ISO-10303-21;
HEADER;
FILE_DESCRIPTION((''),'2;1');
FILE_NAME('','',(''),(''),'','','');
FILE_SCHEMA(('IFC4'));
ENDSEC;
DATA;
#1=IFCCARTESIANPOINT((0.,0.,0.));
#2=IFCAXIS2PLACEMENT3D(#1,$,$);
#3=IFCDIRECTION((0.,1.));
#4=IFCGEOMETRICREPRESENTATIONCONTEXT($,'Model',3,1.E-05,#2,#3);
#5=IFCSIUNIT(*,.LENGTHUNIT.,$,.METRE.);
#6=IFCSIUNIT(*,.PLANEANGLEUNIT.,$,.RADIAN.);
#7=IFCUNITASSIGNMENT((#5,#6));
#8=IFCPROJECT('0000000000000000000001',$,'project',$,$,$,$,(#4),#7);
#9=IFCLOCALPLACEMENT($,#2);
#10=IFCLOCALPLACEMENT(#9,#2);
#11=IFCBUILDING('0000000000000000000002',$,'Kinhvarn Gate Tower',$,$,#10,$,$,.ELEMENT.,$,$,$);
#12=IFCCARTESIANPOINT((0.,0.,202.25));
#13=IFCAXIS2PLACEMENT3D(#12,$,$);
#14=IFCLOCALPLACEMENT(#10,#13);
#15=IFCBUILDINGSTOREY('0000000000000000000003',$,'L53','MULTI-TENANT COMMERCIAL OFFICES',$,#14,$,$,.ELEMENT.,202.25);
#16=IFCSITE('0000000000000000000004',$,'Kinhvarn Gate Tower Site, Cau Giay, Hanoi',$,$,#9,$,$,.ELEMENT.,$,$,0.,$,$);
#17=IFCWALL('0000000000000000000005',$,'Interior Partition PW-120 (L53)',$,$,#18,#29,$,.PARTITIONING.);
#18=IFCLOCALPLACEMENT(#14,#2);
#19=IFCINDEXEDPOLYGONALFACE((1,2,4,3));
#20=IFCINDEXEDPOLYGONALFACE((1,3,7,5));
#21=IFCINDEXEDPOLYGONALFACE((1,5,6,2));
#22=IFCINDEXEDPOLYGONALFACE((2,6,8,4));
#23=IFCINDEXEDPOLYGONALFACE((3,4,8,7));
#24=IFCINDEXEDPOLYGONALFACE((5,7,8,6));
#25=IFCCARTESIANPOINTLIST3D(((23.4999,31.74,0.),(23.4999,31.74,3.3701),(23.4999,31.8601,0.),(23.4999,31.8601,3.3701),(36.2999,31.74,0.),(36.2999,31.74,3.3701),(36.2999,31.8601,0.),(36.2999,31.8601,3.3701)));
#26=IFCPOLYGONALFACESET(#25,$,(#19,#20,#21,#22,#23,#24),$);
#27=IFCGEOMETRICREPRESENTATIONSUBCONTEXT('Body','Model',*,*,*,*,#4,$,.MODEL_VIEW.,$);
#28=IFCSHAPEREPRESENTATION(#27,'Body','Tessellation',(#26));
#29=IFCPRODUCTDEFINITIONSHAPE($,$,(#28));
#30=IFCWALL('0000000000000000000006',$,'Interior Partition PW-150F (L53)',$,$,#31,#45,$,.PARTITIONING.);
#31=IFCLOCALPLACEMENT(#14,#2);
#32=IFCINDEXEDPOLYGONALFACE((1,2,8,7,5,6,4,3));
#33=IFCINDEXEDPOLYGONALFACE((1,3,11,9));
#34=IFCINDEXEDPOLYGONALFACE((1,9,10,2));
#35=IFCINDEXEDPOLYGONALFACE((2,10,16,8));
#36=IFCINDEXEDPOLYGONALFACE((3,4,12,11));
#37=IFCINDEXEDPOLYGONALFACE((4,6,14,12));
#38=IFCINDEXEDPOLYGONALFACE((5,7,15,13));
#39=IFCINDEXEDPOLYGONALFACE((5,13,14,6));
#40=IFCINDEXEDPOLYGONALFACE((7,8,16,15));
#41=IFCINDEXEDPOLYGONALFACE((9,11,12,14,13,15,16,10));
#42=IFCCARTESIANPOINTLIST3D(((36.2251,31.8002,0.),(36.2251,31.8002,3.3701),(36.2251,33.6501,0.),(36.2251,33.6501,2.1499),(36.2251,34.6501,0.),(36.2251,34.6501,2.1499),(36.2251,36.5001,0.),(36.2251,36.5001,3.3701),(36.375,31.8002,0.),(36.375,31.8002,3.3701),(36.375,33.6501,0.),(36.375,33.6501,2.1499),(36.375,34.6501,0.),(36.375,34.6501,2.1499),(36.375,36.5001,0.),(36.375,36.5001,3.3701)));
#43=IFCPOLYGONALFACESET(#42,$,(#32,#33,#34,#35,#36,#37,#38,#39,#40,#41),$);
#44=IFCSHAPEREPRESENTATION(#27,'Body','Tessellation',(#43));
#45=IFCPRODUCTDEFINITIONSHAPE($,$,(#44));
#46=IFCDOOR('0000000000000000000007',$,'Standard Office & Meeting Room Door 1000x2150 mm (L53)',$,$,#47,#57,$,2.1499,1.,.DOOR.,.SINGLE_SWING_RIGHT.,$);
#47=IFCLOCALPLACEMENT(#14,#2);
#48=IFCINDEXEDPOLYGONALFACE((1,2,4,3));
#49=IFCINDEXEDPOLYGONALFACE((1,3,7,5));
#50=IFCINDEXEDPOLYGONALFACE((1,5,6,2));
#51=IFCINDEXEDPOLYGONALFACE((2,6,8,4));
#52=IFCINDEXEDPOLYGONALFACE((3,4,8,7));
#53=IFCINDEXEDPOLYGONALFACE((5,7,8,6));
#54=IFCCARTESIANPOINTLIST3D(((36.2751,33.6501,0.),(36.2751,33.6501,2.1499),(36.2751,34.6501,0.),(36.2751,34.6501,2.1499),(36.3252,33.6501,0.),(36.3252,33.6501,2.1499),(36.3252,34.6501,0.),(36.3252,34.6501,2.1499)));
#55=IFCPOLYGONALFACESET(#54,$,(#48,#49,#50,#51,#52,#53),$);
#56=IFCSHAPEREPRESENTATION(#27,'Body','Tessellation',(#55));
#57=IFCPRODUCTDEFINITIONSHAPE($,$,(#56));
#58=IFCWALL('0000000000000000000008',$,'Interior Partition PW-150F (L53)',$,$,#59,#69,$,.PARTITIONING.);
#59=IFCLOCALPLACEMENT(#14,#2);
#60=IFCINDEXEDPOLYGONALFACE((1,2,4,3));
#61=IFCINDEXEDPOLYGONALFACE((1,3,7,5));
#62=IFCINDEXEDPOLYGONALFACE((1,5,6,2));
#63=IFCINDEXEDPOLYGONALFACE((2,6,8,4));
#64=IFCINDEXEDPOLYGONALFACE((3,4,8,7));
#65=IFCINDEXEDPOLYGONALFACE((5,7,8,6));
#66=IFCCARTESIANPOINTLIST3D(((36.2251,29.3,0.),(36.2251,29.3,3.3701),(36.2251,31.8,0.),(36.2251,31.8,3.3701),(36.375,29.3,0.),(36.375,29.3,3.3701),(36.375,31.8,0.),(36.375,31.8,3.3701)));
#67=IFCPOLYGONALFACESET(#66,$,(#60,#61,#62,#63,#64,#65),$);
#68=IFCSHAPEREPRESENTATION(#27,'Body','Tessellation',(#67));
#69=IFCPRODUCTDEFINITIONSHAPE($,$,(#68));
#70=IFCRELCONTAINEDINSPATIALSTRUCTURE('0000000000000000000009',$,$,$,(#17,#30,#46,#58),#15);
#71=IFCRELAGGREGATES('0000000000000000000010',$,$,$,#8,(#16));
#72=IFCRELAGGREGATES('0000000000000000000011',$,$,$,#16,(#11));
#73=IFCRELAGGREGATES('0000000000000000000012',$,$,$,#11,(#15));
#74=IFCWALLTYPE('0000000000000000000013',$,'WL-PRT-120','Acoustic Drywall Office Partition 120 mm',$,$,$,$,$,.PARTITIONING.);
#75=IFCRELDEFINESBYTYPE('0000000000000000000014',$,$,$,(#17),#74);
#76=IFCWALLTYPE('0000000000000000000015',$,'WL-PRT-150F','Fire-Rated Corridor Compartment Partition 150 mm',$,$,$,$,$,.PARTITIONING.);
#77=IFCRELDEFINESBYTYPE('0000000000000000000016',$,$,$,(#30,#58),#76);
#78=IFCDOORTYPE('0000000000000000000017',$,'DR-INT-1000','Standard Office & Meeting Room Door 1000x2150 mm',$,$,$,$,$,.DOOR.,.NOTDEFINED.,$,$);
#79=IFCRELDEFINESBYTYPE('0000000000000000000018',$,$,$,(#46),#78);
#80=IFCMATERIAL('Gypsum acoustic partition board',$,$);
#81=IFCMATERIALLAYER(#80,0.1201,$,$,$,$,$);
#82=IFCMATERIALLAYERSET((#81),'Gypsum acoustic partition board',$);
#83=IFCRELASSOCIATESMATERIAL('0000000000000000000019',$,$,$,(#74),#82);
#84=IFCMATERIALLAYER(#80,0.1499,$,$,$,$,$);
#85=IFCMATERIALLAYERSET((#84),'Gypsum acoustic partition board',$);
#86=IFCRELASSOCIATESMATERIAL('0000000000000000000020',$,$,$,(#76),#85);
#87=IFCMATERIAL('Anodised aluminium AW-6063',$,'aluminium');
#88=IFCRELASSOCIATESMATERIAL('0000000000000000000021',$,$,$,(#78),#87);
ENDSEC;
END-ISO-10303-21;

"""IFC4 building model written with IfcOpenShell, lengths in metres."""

from ifc_helpers import new_model, si_unit, direction, frame, frame_2d, origin, place, context, subcontext, project, spatial, rectangle, extrude, material, layer, layer_set, type_object, element, fill, save


model = new_model("IFC4")

# Units and contexts
model_context = context("Model", 3, precision=1e-05, world=origin(), true_north=direction((0.0, 1.0)))
body_context = subcontext(model_context, "Body", "Model", "MODEL_VIEW")
ifc_project = project(units=[si_unit("LENGTHUNIT", "METRE"), si_unit("PLANEANGLEUNIT", "RADIAN")], contexts=[model_context])

# Site, building, storey
site_placement = place(None, origin())
site = spatial("IfcSite", under=ifc_project, at=site_placement, Name="Kinhvarn Gate Tower Site, Cau Giay, Hanoi", CompositionType="ELEMENT", RefElevation=0.0)
building_placement = place(site_placement, origin())
building = spatial("IfcBuilding", under=site, at=building_placement, Name="Kinhvarn Gate Tower", CompositionType="ELEMENT")
storey_placement = place(building_placement, frame((0.0, 0.0, 202.25)))
storey = spatial("IfcBuildingStorey", under=building, at=storey_placement, Name="L53", Description="MULTI-TENANT COMMERCIAL OFFICES", CompositionType="ELEMENT", Elevation=202.25)

# Wall
ifc_material_1 = material(Name="Gypsum acoustic partition board")
ifc_layer_1 = layer(ifc_material_1, 0.1201)
ifc_layer_set_1 = layer_set([ifc_layer_1], Name="Gypsum acoustic partition board")
wall_type_1 = type_object("IfcWallType", Name="WL-PRT-120", Description="Acoustic Drywall Office Partition 120 mm", PredefinedType="PARTITIONING", material=ifc_layer_set_1)
wall_1_placement = place(storey_placement, frame((23.5, 31.8, 0.0), z_axis=(0.0, 0.0, 1.0), x_axis=(1.0, 0.0, 0.0)))
element("IfcWall", 1, at=wall_1_placement, inside=storey, type_object=wall_type_1, Name="Interior Partition PW-120 (L53)", PredefinedType="PARTITIONING", context=body_context, shape_type="SweptSolid", body=[
    extrude(rectangle(XDim=12.8, YDim=0.1201, at=frame_2d((6.3999, 0.0))), origin(), (0.0, 0.0, 1.0), 3.3701),
])

# Wall, opening, door
ifc_layer_2 = layer(ifc_material_1, 0.1499)
ifc_layer_set_2 = layer_set([ifc_layer_2], Name="Gypsum acoustic partition board")
wall_type_2 = type_object("IfcWallType", Name="WL-PRT-150F", Description="Fire-Rated Corridor Compartment Partition 150 mm", PredefinedType="PARTITIONING", material=ifc_layer_set_2)
wall_2_placement = place(storey_placement, frame((36.3, 31.8, 0.0), z_axis=(0.0, 0.0, 1.0), x_axis=(0.0, 1.0, 0.0)))
wall_2 = element("IfcWall", 2, at=wall_2_placement, inside=storey, type_object=wall_type_2, Name="Interior Partition PW-150F (L53)", PredefinedType="PARTITIONING", context=body_context, shape_type="SweptSolid", body=[
    extrude(rectangle(XDim=4.7, YDim=0.1499, at=frame_2d((2.3501, 0.0))), origin(), (0.0, 0.0, 1.0), 3.3701),
])
opening_placement = place(wall_2_placement, frame((1.8501, 0.0, 0.0)))
opening = element("IfcOpeningElement", 3, at=opening_placement, cuts=wall_2, PredefinedType="OPENING", context=body_context, shape_type="SweptSolid", body=[
    extrude(rectangle(XDim=1.0, YDim=2.1499, at=frame_2d((0.5, 1.075))), frame((0.0, 0.085, 0.0), z_axis=(0.0, -1.0, 0.0), x_axis=(1.0, 0.0, 0.0)), (0.0, 0.0, 1.0), 0.1699),
])
ifc_material_2 = material(Name="Anodised aluminium AW-6063", Category="aluminium")
door_type = type_object("IfcDoorType", Name="DR-INT-1000", Description="Standard Office & Meeting Room Door 1000x2150 mm", OperationType="NOTDEFINED", PredefinedType="DOOR", material=ifc_material_2)
door_placement = place(opening_placement, origin())
door = element("IfcDoor", 4, at=door_placement, inside=storey, type_object=door_type, Name="Standard Office & Meeting Room Door 1000x2150 mm (L53)", OperationType="SINGLE_SWING_RIGHT", OverallHeight=2.1499, OverallWidth=1.0, PredefinedType="DOOR", context=body_context, shape_type="SweptSolid", body=[
    extrude(rectangle(XDim=1.0, YDim=2.1499, at=frame_2d((0.5, 1.075))), frame((0.0, 0.0249, 0.0), z_axis=(0.0, -1.0, 0.0), x_axis=(1.0, 0.0, 0.0)), (0.0, 0.0, 1.0), 0.05),
])
fill(opening, door)

# Wall
wall_3_placement = place(storey_placement, frame((36.3, 29.3, 0.0), z_axis=(0.0, 0.0, 1.0), x_axis=(0.0, 1.0, 0.0)))
element("IfcWall", 5, at=wall_3_placement, inside=storey, type_object=wall_type_2, Name="Interior Partition PW-150F (L53)", PredefinedType="PARTITIONING", context=body_context, shape_type="SweptSolid", body=[
    extrude(rectangle(XDim=2.5, YDim=0.1499, at=frame_2d((1.25, 0.0))), origin(), (0.0, 0.0, 1.0), 3.3701),
])

save(model, "model.ifc")
